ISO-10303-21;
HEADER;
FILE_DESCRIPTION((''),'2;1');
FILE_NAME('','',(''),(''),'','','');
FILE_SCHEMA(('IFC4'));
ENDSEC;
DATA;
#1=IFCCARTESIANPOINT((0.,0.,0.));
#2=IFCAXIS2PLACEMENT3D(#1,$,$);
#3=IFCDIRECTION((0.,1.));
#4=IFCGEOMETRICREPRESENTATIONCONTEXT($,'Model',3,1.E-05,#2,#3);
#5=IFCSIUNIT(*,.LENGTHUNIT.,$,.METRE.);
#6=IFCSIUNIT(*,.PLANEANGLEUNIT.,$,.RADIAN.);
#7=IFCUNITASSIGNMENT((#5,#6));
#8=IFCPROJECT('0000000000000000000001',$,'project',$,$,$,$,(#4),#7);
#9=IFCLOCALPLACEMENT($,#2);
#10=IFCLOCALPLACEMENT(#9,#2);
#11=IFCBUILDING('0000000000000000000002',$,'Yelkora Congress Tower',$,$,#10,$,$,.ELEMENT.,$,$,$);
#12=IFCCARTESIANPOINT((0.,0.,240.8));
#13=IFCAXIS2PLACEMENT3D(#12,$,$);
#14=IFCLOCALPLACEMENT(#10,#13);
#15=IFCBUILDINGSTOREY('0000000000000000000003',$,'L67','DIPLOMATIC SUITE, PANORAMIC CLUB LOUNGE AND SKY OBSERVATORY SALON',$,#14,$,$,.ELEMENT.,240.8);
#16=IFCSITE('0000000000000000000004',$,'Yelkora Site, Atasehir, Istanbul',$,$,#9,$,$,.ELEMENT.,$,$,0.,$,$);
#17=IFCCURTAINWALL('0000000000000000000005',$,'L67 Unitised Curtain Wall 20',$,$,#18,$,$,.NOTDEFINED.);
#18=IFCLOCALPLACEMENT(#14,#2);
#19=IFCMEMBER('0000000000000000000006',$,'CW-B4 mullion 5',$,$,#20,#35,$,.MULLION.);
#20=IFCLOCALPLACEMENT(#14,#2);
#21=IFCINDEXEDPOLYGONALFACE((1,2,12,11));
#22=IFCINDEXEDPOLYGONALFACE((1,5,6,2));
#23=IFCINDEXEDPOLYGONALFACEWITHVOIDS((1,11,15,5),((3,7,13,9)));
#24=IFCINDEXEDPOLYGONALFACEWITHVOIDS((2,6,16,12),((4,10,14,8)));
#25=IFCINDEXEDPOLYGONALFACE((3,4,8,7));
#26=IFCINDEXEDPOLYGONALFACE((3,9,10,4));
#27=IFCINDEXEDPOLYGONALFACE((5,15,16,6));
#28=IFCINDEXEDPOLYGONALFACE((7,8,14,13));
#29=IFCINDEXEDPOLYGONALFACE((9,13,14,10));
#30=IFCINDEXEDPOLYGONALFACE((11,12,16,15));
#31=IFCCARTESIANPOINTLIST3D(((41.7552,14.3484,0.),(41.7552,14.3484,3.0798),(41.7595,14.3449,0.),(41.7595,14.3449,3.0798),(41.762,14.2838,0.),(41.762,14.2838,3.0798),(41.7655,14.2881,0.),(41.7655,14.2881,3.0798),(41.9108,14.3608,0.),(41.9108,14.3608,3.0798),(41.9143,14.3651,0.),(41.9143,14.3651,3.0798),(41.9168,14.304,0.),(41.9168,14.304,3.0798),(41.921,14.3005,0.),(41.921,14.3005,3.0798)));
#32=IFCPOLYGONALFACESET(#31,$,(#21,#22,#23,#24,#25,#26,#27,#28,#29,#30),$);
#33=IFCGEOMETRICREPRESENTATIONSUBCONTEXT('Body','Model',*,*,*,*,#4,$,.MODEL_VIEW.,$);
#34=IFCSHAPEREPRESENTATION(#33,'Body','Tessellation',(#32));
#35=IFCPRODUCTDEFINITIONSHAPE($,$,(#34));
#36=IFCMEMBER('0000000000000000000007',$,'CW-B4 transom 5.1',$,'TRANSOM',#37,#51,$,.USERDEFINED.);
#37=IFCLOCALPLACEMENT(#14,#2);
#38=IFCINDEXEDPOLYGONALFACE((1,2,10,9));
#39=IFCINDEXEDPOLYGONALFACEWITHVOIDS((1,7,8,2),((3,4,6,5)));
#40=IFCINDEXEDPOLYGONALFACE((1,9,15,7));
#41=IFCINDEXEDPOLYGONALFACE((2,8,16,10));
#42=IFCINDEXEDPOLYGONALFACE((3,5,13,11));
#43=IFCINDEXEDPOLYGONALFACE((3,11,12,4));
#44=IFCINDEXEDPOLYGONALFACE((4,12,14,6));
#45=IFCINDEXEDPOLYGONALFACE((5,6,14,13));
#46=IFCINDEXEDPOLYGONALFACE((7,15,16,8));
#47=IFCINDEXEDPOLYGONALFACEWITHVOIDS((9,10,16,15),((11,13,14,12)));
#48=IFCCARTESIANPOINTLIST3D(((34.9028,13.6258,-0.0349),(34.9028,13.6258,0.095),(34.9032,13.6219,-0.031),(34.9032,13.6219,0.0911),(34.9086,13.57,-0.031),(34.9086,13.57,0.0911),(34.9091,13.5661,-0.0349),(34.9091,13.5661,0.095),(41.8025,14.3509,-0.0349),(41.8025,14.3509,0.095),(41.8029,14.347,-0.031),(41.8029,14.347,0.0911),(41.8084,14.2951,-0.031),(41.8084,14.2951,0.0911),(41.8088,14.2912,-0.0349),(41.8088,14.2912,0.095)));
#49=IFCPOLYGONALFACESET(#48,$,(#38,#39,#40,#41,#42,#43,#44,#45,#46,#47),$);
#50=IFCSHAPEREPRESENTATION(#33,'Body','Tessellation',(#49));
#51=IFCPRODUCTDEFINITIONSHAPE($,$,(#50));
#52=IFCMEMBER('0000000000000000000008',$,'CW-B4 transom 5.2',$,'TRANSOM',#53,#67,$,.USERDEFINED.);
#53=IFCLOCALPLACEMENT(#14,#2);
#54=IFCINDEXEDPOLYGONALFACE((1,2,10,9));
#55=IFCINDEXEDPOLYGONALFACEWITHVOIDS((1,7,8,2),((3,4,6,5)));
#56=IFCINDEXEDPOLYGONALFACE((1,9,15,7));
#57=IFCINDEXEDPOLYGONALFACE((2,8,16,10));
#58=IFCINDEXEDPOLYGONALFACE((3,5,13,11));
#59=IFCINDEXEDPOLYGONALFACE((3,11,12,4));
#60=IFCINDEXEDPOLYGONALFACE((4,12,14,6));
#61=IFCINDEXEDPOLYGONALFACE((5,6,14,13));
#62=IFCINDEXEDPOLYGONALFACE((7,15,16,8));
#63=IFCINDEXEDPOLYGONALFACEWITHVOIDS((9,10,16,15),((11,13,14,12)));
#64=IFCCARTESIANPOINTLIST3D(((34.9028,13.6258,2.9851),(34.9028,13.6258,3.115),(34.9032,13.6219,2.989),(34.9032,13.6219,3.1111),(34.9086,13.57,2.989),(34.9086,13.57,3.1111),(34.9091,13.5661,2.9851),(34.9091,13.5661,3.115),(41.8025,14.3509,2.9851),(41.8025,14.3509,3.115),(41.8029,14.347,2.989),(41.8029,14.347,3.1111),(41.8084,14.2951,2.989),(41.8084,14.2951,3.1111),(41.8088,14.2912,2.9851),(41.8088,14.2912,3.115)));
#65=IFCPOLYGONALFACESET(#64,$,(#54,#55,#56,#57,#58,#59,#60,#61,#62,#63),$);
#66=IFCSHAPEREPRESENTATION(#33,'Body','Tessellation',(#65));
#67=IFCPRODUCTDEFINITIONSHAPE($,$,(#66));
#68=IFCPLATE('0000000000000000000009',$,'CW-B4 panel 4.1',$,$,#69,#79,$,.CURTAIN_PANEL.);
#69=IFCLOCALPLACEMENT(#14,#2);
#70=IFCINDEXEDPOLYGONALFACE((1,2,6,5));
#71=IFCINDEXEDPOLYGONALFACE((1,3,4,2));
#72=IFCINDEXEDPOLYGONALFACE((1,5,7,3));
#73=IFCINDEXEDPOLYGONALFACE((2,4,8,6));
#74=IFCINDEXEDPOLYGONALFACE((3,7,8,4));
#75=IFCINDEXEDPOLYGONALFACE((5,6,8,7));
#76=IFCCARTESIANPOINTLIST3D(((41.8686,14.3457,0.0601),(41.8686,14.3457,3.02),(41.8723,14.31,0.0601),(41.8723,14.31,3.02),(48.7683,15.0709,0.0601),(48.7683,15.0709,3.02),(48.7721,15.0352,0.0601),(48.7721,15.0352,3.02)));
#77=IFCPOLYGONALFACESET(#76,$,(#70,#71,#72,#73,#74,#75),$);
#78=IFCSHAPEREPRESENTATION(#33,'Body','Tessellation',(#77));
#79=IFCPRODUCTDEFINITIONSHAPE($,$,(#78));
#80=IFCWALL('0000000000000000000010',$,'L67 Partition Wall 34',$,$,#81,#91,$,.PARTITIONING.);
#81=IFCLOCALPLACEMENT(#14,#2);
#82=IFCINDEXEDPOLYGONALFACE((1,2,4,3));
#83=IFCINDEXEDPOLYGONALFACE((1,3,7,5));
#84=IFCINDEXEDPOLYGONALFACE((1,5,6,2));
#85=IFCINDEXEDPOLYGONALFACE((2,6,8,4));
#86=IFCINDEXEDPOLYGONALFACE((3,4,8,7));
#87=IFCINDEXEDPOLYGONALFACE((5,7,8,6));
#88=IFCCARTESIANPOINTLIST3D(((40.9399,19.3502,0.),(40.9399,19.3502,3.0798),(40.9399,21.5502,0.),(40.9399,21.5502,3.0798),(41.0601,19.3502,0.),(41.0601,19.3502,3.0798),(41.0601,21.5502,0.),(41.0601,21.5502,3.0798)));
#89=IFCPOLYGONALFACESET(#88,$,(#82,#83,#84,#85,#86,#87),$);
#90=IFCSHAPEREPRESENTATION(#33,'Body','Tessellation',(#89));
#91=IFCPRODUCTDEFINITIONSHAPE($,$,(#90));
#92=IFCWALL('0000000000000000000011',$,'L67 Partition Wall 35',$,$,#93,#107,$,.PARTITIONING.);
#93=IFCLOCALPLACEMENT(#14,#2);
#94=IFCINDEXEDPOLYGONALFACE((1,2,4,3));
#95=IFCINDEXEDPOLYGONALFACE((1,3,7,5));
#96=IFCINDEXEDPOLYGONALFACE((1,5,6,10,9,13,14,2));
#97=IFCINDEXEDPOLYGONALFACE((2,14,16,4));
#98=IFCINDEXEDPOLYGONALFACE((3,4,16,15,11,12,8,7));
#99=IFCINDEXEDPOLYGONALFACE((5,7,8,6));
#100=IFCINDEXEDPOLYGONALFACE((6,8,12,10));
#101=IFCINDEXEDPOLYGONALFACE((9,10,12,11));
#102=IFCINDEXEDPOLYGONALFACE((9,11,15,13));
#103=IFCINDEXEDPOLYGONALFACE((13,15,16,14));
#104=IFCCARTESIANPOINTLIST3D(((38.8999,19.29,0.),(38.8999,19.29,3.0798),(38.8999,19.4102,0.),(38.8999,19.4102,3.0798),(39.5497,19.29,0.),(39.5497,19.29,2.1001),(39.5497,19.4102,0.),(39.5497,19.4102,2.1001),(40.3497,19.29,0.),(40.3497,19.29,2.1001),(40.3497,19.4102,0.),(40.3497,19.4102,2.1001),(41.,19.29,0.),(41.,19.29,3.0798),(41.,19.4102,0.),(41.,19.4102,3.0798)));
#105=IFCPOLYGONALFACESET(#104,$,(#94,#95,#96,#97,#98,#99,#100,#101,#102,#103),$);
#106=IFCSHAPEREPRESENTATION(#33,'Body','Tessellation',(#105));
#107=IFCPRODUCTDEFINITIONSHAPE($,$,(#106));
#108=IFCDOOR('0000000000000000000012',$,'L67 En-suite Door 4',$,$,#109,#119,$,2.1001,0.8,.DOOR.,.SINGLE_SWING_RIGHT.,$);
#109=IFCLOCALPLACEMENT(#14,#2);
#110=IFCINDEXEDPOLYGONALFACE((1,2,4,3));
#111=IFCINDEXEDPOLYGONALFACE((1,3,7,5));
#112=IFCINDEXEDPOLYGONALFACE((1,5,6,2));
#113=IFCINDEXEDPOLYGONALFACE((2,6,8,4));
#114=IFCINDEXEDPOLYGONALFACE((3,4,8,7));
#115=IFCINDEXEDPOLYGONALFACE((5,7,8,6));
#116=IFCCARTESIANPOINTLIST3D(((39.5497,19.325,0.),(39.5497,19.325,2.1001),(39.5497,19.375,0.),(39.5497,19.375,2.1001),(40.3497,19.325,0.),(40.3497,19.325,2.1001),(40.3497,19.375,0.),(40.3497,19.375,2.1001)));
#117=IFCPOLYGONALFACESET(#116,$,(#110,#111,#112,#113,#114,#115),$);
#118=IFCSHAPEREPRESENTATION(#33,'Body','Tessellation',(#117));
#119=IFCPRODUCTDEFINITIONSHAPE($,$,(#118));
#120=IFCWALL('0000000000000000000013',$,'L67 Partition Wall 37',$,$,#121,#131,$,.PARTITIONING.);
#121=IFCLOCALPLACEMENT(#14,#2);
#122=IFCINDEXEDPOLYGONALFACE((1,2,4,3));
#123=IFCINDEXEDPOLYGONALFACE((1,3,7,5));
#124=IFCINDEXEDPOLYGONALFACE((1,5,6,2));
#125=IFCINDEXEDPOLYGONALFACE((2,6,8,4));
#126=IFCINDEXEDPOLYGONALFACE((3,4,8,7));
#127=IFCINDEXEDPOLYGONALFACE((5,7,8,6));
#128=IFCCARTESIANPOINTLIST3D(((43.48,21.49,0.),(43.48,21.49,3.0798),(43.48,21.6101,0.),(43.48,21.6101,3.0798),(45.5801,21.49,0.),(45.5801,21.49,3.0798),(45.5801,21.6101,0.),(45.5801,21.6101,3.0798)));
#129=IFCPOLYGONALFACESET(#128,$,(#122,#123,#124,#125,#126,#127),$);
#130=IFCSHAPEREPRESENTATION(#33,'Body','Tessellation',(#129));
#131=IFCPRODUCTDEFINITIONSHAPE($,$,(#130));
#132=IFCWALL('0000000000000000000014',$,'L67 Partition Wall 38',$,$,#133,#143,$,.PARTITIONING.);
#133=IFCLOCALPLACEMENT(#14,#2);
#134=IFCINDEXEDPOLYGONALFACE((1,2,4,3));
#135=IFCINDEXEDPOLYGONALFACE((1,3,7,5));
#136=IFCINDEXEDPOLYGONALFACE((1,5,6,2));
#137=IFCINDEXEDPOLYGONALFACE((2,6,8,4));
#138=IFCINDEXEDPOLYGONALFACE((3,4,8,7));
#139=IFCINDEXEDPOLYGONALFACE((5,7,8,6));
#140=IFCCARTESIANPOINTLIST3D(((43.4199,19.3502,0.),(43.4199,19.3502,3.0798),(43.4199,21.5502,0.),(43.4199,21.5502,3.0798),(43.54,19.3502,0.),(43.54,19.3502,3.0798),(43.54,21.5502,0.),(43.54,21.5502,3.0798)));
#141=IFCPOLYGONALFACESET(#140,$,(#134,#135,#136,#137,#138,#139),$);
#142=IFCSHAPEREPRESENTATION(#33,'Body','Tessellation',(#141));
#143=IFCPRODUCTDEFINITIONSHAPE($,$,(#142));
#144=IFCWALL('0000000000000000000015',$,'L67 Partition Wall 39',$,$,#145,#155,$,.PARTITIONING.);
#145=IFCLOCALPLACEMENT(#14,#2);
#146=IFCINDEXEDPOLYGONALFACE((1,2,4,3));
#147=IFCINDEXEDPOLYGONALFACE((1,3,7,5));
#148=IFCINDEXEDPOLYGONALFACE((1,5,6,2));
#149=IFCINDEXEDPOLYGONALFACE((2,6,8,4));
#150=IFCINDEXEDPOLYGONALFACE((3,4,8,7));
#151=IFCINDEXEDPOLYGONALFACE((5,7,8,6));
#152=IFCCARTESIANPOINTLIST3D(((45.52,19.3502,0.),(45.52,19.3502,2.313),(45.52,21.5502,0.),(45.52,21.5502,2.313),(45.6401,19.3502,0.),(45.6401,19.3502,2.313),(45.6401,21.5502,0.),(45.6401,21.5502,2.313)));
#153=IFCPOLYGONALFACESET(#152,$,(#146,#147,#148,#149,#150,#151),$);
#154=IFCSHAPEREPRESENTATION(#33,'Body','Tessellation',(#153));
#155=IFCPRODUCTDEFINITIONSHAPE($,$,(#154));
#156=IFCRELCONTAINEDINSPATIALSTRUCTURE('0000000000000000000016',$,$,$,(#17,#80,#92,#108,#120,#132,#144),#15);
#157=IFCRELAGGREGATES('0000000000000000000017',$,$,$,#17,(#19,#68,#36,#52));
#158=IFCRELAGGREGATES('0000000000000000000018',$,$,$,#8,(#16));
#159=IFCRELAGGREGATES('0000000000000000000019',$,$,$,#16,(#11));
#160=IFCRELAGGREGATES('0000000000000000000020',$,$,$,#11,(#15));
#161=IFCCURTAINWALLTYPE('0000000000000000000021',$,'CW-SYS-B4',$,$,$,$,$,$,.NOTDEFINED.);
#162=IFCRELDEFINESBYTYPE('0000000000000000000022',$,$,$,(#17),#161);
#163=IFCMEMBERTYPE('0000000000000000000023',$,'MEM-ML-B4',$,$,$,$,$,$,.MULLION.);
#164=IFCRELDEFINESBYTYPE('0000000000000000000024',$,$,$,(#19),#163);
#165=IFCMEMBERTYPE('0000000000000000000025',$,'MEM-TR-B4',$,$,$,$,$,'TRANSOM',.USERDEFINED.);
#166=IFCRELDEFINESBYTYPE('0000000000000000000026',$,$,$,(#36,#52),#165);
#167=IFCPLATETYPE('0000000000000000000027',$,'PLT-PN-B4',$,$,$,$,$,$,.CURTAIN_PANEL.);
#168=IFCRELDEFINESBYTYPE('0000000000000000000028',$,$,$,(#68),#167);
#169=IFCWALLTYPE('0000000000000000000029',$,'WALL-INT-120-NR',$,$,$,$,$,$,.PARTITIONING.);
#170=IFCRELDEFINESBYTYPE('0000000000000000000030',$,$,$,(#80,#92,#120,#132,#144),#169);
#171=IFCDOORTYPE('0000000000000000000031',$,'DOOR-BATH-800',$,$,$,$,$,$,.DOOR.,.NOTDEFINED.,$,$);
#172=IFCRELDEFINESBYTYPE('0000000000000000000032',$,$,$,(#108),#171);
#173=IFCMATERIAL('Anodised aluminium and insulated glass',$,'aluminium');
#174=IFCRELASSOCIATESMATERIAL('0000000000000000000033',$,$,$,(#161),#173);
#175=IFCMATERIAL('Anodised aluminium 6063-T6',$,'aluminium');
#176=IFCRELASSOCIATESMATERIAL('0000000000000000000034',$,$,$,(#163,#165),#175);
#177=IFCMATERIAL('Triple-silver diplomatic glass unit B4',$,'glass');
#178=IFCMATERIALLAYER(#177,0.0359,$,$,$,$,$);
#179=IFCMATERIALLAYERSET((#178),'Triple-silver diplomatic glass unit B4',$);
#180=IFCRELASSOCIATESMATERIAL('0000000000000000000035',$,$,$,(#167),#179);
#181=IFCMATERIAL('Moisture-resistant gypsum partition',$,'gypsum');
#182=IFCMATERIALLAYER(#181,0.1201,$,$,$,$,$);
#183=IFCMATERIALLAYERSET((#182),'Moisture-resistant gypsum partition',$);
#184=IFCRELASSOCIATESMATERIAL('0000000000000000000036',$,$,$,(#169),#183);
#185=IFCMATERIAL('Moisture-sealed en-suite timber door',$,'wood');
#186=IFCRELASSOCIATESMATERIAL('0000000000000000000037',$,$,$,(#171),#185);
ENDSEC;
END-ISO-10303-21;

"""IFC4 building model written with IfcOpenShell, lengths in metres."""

from ifc_helpers import new_model, si_unit, direction, frame, frame_2d, origin, origin_2d, place, context, subcontext, project, spatial, rectangle, hollow_rectangle, extrude, material, layer, layer_set, material_profile, profile_set, type_object, element, fill, aggregate, save


model = new_model("IFC4")

# Units and contexts
model_context = context("Model", 3, precision=1e-05, world=origin(), true_north=direction((0.0, 1.0)))
body_context = subcontext(model_context, "Body", "Model", "MODEL_VIEW")
ifc_project = project(units=[si_unit("LENGTHUNIT", "METRE"), si_unit("PLANEANGLEUNIT", "RADIAN")], contexts=[model_context])

# Site, building, storey
site_placement = place(None, origin())
site = spatial("IfcSite", under=ifc_project, at=site_placement, Name="Yelkora Site, Atasehir, Istanbul", CompositionType="ELEMENT", RefElevation=0.0)
building_placement = place(site_placement, origin())
building = spatial("IfcBuilding", under=site, at=building_placement, Name="Yelkora Congress Tower", CompositionType="ELEMENT")
storey_placement = place(building_placement, frame((0.0, 0.0, 240.8)))
storey = spatial("IfcBuildingStorey", under=building, at=storey_placement, Name="L67", Description="DIPLOMATIC SUITE, PANORAMIC CLUB LOUNGE AND SKY OBSERVATORY SALON", CompositionType="ELEMENT", Elevation=240.8)

# Curtain wall, members, plate
ifc_material_1 = material(Name="Anodised aluminium and insulated glass", Category="aluminium")
curtain_wall_type = type_object("IfcCurtainWallType", Name="CW-SYS-B4", PredefinedType="NOTDEFINED", material=ifc_material_1)
curtain_wall_placement = place(storey_placement, origin())
curtain_wall = element("IfcCurtainWall", 1, at=curtain_wall_placement, inside=storey, type_object=curtain_wall_type, Name="L67 Unitised Curtain Wall 20", PredefinedType="NOTDEFINED")
ifc_material_2 = material(Name="Anodised aluminium 6063-T6", Category="aluminium")
ifc_material_profile_1 = material_profile(ifc_material_2, hollow_rectangle(XDim=0.0649, YDim=0.1599, WallThickness=0.0039, at=origin_2d()), Name="ALU 65x160x4")
ifc_profile_set_1 = profile_set([ifc_material_profile_1], Name="Anodised aluminium 6063-T6")
member_type_1 = type_object("IfcMemberType", Name="MEM-ML-B4", PredefinedType="MULLION", material=ifc_profile_set_1)
member_1_placement = place(storey_placement, frame((41.8381, 14.3245, 0.0), z_axis=(0.0, 0.0, 1.0), x_axis=(0.104527, -0.994522, 0.0)))
member_1 = element("IfcMember", 2, at=member_1_placement, type_object=member_type_1, Name="CW-B4 mullion 5", PredefinedType="MULLION", context=body_context, shape_type="SweptSolid", body=[
    extrude(hollow_rectangle(XDim=0.0649, YDim=0.1599, WallThickness=0.0039, at=origin_2d()), origin(), (0.0, 0.0, 1.0), 3.0798),
])
ifc_material_profile_2 = material_profile(ifc_material_2, hollow_rectangle(XDim=0.0601, YDim=0.1299, WallThickness=0.0039, at=origin_2d()), Name="ALU 60x130x4")
ifc_profile_set_2 = profile_set([ifc_material_profile_2], Name="Anodised aluminium 6063-T6")
member_type_2 = type_object("IfcMemberType", Name="MEM-TR-B4", ElementType="TRANSOM", PredefinedType="USERDEFINED", material=ifc_profile_set_2)
member_2_placement = place(storey_placement, frame((41.8057, 14.321, 0.03), z_axis=(-0.994523, -0.104516, 0.0), x_axis=(0.104516, -0.994523, 0.0)))
member_2 = element("IfcMember", 3, at=member_2_placement, type_object=member_type_2, Name="CW-B4 transom 5.1", ObjectType="TRANSOM", PredefinedType="USERDEFINED", context=body_context, shape_type="SweptSolid", body=[
    extrude(hollow_rectangle(XDim=0.0601, YDim=0.1299, WallThickness=0.0039, at=origin_2d()), origin(), (0.0, 0.0, 1.0), 6.9377),
])
member_3_placement = place(storey_placement, frame((41.8057, 14.321, 3.05), z_axis=(-0.994523, -0.104516, 0.0), x_axis=(0.104516, -0.994523, 0.0)))
member_3 = element("IfcMember", 4, at=member_3_placement, type_object=member_type_2, Name="CW-B4 transom 5.2", ObjectType="TRANSOM", PredefinedType="USERDEFINED", context=body_context, shape_type="SweptSolid", body=[
    extrude(hollow_rectangle(XDim=0.0601, YDim=0.1299, WallThickness=0.0039, at=origin_2d()), origin(), (0.0, 0.0, 1.0), 6.9377),
])
ifc_material_3 = material(Name="Triple-silver diplomatic glass unit B4", Category="glass")
ifc_layer_1 = layer(ifc_material_3, 0.0359)
ifc_layer_set_1 = layer_set([ifc_layer_1], Name="Triple-silver diplomatic glass unit B4")
plate_type = type_object("IfcPlateType", Name="PLT-PN-B4", PredefinedType="CURTAIN_PANEL", material=ifc_layer_set_1)
plate_placement = place(storey_placement, frame((45.3203, 14.6904, 0.0601), z_axis=(0.0, 0.0, 1.0), x_axis=(-0.994522, -0.104527, 0.0)))
plate = element("IfcPlate", 5, at=plate_placement, type_object=plate_type, Name="CW-B4 panel 4.1", PredefinedType="CURTAIN_PANEL", context=body_context, shape_type="SweptSolid", body=[
    extrude(rectangle(XDim=6.9377, YDim=0.0359, at=origin_2d()), origin(), (0.0, 0.0, 1.0), 2.96),
])
aggregate(curtain_wall, [member_1, plate, member_2, member_3])

# Wall
ifc_material_4 = material(Name="Moisture-resistant gypsum partition", Category="gypsum")
ifc_layer_2 = layer(ifc_material_4, 0.1201)
ifc_layer_set_2 = layer_set([ifc_layer_2], Name="Moisture-resistant gypsum partition")
wall_type_1 = type_object("IfcWallType", Name="WALL-INT-120-NR", PredefinedType="PARTITIONING", material=ifc_layer_set_2)
wall_1_placement = place(storey_placement, frame((41.0, 19.3501, 0.0), z_axis=(0.0, 0.0, 1.0), x_axis=(0.0, 1.0, 0.0)))
element("IfcWall", 6, at=wall_1_placement, inside=storey, type_object=wall_type_1, Name="L67 Partition Wall 34", PredefinedType="PARTITIONING", context=body_context, shape_type="SweptSolid", body=[
    extrude(rectangle(XDim=2.2, YDim=0.1201, at=frame_2d((1.1001, 0.0))), origin(), (0.0, 0.0, 1.0), 3.0798),
])

# Wall, opening, door
wall_2_placement = place(storey_placement, frame((38.8999, 19.3501, 0.0), z_axis=(0.0, 0.0, 1.0), x_axis=(1.0, 0.0, 0.0)))
wall_2 = element("IfcWall", 7, at=wall_2_placement, inside=storey, type_object=wall_type_1, Name="L67 Partition Wall 35", PredefinedType="PARTITIONING", context=body_context, shape_type="SweptSolid", body=[
    extrude(rectangle(XDim=2.1001, YDim=0.1201, at=frame_2d((1.05, 0.0))), origin(), (0.0, 0.0, 1.0), 3.0798),
])
opening_1_placement = place(wall_2_placement, frame((0.6499, 0.0, 0.0)))
opening_1 = element("IfcOpeningElement", 8, at=opening_1_placement, cuts=wall_2, PredefinedType="OPENING", context=body_context, shape_type="SweptSolid", body=[
    extrude(rectangle(XDim=0.8, YDim=2.1001, at=frame_2d((0.3999, 1.05))), frame((0.0, 0.0701, 0.0), z_axis=(0.0, -1.0, 0.0), x_axis=(1.0, 0.0, 0.0)), (0.0, 0.0, 1.0), 0.1401),
])
ifc_material_5 = material(Name="Moisture-sealed en-suite timber door", Category="wood")
door_type = type_object("IfcDoorType", Name="DOOR-BATH-800", OperationType="NOTDEFINED", PredefinedType="DOOR", material=ifc_material_5)
door_1_placement = place(opening_1_placement, origin())
door_1 = element("IfcDoor", 9, at=door_1_placement, inside=storey, type_object=door_type, Name="L67 En-suite Door 4", OperationType="SINGLE_SWING_RIGHT", OverallHeight=2.1001, OverallWidth=0.8, PredefinedType="DOOR", context=body_context, shape_type="SweptSolid", body=[
    extrude(rectangle(XDim=0.8, YDim=2.1001, at=frame_2d((0.3999, 1.05))), frame((0.0, 0.0249, 0.0), z_axis=(0.0, -1.0, 0.0), x_axis=(1.0, 0.0, 0.0)), (0.0, 0.0, 1.0), 0.05),
])
fill(opening_1, door_1)

# Walls
wall_3_placement = place(storey_placement, frame((43.48, 21.55, 0.0), z_axis=(0.0, 0.0, 1.0), x_axis=(1.0, 0.0, 0.0)))
element("IfcWall", 10, at=wall_3_placement, inside=storey, type_object=wall_type_1, Name="L67 Partition Wall 37", PredefinedType="PARTITIONING", context=body_context, shape_type="SweptSolid", body=[
    extrude(rectangle(XDim=2.1001, YDim=0.1201, at=frame_2d((1.05, 0.0))), origin(), (0.0, 0.0, 1.0), 3.0798),
])
wall_4_placement = place(storey_placement, frame((43.48, 19.3501, 0.0), z_axis=(0.0, 0.0, 1.0), x_axis=(0.0, 1.0, 0.0)))
element("IfcWall", 11, at=wall_4_placement, inside=storey, type_object=wall_type_1, Name="L67 Partition Wall 38", PredefinedType="PARTITIONING", context=body_context, shape_type="SweptSolid", body=[
    extrude(rectangle(XDim=2.2, YDim=0.1201, at=frame_2d((1.1001, 0.0))), origin(), (0.0, 0.0, 1.0), 3.0798),
])
wall_5_placement = place(storey_placement, frame((45.5801, 19.3501, 0.0), z_axis=(0.0, 0.0, 1.0), x_axis=(0.0, 1.0, 0.0)))
element("IfcWall", 12, at=wall_5_placement, inside=storey, type_object=wall_type_1, Name="L67 Partition Wall 39", PredefinedType="PARTITIONING", context=body_context, shape_type="SweptSolid", body=[
    extrude(rectangle(XDim=2.2, YDim=0.1201, at=frame_2d((1.1001, 0.0))), origin(), (0.0, 0.0, 1.0), 2.313),
])

save(model, "model.ifc")
